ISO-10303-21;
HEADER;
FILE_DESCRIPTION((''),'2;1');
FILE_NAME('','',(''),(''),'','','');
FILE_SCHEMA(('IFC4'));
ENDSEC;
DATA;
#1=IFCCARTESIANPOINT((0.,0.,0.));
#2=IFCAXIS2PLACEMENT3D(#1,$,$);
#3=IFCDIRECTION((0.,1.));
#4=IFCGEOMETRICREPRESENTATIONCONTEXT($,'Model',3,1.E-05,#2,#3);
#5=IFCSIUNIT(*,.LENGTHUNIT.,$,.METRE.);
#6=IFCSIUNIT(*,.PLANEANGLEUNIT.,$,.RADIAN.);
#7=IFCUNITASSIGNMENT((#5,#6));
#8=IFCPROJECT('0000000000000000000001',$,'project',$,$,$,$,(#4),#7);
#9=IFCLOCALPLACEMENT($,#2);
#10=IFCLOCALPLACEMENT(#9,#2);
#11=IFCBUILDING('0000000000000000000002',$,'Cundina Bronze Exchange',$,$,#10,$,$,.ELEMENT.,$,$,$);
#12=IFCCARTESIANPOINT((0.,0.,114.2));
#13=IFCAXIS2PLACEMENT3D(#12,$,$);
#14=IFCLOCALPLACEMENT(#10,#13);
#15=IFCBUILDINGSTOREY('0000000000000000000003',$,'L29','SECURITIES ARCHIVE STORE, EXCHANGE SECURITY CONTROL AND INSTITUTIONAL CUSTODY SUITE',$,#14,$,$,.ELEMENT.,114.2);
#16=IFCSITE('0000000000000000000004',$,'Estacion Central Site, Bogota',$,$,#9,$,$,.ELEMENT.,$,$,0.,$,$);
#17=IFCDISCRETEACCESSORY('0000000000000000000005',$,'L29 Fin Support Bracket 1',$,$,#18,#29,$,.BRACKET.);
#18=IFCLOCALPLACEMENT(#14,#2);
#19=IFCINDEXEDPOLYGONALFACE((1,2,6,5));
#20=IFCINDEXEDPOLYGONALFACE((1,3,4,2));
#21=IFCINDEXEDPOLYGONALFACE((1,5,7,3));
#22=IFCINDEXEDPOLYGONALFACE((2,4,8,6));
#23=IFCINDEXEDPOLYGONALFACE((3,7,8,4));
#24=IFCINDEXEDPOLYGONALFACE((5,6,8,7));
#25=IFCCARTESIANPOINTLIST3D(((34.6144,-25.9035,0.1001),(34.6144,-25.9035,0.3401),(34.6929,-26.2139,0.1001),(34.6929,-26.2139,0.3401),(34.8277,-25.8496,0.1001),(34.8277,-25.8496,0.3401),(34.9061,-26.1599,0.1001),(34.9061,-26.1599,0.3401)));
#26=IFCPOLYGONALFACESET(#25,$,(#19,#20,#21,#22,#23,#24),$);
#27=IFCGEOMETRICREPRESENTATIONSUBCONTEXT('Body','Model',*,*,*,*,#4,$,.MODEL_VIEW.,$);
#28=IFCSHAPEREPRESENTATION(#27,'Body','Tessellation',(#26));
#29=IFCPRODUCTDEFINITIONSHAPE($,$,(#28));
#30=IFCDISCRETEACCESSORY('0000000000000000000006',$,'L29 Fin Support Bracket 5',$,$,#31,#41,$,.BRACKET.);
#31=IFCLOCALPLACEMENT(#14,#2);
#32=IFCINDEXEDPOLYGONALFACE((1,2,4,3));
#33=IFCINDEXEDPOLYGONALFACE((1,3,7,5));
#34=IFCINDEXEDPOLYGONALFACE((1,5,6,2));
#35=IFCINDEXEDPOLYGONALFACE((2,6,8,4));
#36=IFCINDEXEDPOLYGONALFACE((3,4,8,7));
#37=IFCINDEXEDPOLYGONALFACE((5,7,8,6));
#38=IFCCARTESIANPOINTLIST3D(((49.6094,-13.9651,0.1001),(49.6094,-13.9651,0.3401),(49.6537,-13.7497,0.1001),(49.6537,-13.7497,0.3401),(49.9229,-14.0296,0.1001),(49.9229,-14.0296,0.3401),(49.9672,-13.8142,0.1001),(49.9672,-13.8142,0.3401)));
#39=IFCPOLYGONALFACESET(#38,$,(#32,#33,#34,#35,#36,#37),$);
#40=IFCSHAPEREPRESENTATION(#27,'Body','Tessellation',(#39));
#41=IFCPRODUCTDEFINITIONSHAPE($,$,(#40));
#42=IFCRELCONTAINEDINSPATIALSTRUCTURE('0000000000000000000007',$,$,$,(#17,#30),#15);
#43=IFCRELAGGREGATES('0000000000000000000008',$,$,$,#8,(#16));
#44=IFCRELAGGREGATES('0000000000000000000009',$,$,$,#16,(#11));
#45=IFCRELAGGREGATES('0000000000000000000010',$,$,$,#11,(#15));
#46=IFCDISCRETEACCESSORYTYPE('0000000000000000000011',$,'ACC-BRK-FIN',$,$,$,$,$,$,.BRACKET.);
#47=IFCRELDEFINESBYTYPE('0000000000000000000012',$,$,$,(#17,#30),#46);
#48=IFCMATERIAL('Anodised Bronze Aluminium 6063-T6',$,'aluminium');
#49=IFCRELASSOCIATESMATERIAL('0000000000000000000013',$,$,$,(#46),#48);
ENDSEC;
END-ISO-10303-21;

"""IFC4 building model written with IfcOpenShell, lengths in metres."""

from ifc_helpers import new_model, si_unit, direction, frame, origin, origin_2d, place, context, subcontext, project, spatial, rectangle, extrude, material, type_object, element, save


model = new_model("IFC4")

# Units and contexts
model_context = context("Model", 3, precision=1e-05, world=origin(), true_north=direction((0.0, 1.0)))
body_context = subcontext(model_context, "Body", "Model", "MODEL_VIEW")
ifc_project = project(units=[si_unit("LENGTHUNIT", "METRE"), si_unit("PLANEANGLEUNIT", "RADIAN")], contexts=[model_context])

# Site, building, storey
site_placement = place(None, origin())
site = spatial("IfcSite", under=ifc_project, at=site_placement, Name="Estacion Central Site, Bogota", CompositionType="ELEMENT", RefElevation=0.0)
building_placement = place(site_placement, origin())
building = spatial("IfcBuilding", under=site, at=building_placement, Name="Cundina Bronze Exchange", CompositionType="ELEMENT")
storey_placement = place(building_placement, frame((0.0, 0.0, 114.2)))
storey = spatial("IfcBuildingStorey", under=building, at=storey_placement, Name="L29", Description="SECURITIES ARCHIVE STORE, EXCHANGE SECURITY CONTROL AND INSTITUTIONAL CUSTODY SUITE", CompositionType="ELEMENT", Elevation=114.2)

# Shared definitions
ifc_material_1 = material(Name="Anodised Bronze Aluminium 6063-T6", Category="aluminium")

# Discrete accessories
discrete_accessory_type = type_object("IfcDiscreteAccessoryType", Name="ACC-BRK-FIN", PredefinedType="BRACKET", material=ifc_material_1)
for number, where, z_axis, x_axis, name in (
    (1, (34.7603, -26.0317, 0.1001), (0.0, 0.0, 1.0), (0.969488, 0.245138, 0.0), "L29 Fin Support Bracket 1"),
    (2, (49.7883, -13.8896, 0.1001), (0.0, 0.0, 1.0), (0.20142, 0.979505, 0.0), "L29 Fin Support Bracket 5"),
):
    element("IfcDiscreteAccessory", number, at=place(storey_placement, frame(where, z_axis=z_axis, x_axis=x_axis)), inside=storey, type_object=discrete_accessory_type, Name=name, PredefinedType="BRACKET", context=body_context, shape_type="SweptSolid", body=[
        extrude(rectangle(XDim=0.22, YDim=0.3201, at=origin_2d()), origin(), (0.0, 0.0, 1.0), 0.24),
    ])

save(model, "model.ifc")
